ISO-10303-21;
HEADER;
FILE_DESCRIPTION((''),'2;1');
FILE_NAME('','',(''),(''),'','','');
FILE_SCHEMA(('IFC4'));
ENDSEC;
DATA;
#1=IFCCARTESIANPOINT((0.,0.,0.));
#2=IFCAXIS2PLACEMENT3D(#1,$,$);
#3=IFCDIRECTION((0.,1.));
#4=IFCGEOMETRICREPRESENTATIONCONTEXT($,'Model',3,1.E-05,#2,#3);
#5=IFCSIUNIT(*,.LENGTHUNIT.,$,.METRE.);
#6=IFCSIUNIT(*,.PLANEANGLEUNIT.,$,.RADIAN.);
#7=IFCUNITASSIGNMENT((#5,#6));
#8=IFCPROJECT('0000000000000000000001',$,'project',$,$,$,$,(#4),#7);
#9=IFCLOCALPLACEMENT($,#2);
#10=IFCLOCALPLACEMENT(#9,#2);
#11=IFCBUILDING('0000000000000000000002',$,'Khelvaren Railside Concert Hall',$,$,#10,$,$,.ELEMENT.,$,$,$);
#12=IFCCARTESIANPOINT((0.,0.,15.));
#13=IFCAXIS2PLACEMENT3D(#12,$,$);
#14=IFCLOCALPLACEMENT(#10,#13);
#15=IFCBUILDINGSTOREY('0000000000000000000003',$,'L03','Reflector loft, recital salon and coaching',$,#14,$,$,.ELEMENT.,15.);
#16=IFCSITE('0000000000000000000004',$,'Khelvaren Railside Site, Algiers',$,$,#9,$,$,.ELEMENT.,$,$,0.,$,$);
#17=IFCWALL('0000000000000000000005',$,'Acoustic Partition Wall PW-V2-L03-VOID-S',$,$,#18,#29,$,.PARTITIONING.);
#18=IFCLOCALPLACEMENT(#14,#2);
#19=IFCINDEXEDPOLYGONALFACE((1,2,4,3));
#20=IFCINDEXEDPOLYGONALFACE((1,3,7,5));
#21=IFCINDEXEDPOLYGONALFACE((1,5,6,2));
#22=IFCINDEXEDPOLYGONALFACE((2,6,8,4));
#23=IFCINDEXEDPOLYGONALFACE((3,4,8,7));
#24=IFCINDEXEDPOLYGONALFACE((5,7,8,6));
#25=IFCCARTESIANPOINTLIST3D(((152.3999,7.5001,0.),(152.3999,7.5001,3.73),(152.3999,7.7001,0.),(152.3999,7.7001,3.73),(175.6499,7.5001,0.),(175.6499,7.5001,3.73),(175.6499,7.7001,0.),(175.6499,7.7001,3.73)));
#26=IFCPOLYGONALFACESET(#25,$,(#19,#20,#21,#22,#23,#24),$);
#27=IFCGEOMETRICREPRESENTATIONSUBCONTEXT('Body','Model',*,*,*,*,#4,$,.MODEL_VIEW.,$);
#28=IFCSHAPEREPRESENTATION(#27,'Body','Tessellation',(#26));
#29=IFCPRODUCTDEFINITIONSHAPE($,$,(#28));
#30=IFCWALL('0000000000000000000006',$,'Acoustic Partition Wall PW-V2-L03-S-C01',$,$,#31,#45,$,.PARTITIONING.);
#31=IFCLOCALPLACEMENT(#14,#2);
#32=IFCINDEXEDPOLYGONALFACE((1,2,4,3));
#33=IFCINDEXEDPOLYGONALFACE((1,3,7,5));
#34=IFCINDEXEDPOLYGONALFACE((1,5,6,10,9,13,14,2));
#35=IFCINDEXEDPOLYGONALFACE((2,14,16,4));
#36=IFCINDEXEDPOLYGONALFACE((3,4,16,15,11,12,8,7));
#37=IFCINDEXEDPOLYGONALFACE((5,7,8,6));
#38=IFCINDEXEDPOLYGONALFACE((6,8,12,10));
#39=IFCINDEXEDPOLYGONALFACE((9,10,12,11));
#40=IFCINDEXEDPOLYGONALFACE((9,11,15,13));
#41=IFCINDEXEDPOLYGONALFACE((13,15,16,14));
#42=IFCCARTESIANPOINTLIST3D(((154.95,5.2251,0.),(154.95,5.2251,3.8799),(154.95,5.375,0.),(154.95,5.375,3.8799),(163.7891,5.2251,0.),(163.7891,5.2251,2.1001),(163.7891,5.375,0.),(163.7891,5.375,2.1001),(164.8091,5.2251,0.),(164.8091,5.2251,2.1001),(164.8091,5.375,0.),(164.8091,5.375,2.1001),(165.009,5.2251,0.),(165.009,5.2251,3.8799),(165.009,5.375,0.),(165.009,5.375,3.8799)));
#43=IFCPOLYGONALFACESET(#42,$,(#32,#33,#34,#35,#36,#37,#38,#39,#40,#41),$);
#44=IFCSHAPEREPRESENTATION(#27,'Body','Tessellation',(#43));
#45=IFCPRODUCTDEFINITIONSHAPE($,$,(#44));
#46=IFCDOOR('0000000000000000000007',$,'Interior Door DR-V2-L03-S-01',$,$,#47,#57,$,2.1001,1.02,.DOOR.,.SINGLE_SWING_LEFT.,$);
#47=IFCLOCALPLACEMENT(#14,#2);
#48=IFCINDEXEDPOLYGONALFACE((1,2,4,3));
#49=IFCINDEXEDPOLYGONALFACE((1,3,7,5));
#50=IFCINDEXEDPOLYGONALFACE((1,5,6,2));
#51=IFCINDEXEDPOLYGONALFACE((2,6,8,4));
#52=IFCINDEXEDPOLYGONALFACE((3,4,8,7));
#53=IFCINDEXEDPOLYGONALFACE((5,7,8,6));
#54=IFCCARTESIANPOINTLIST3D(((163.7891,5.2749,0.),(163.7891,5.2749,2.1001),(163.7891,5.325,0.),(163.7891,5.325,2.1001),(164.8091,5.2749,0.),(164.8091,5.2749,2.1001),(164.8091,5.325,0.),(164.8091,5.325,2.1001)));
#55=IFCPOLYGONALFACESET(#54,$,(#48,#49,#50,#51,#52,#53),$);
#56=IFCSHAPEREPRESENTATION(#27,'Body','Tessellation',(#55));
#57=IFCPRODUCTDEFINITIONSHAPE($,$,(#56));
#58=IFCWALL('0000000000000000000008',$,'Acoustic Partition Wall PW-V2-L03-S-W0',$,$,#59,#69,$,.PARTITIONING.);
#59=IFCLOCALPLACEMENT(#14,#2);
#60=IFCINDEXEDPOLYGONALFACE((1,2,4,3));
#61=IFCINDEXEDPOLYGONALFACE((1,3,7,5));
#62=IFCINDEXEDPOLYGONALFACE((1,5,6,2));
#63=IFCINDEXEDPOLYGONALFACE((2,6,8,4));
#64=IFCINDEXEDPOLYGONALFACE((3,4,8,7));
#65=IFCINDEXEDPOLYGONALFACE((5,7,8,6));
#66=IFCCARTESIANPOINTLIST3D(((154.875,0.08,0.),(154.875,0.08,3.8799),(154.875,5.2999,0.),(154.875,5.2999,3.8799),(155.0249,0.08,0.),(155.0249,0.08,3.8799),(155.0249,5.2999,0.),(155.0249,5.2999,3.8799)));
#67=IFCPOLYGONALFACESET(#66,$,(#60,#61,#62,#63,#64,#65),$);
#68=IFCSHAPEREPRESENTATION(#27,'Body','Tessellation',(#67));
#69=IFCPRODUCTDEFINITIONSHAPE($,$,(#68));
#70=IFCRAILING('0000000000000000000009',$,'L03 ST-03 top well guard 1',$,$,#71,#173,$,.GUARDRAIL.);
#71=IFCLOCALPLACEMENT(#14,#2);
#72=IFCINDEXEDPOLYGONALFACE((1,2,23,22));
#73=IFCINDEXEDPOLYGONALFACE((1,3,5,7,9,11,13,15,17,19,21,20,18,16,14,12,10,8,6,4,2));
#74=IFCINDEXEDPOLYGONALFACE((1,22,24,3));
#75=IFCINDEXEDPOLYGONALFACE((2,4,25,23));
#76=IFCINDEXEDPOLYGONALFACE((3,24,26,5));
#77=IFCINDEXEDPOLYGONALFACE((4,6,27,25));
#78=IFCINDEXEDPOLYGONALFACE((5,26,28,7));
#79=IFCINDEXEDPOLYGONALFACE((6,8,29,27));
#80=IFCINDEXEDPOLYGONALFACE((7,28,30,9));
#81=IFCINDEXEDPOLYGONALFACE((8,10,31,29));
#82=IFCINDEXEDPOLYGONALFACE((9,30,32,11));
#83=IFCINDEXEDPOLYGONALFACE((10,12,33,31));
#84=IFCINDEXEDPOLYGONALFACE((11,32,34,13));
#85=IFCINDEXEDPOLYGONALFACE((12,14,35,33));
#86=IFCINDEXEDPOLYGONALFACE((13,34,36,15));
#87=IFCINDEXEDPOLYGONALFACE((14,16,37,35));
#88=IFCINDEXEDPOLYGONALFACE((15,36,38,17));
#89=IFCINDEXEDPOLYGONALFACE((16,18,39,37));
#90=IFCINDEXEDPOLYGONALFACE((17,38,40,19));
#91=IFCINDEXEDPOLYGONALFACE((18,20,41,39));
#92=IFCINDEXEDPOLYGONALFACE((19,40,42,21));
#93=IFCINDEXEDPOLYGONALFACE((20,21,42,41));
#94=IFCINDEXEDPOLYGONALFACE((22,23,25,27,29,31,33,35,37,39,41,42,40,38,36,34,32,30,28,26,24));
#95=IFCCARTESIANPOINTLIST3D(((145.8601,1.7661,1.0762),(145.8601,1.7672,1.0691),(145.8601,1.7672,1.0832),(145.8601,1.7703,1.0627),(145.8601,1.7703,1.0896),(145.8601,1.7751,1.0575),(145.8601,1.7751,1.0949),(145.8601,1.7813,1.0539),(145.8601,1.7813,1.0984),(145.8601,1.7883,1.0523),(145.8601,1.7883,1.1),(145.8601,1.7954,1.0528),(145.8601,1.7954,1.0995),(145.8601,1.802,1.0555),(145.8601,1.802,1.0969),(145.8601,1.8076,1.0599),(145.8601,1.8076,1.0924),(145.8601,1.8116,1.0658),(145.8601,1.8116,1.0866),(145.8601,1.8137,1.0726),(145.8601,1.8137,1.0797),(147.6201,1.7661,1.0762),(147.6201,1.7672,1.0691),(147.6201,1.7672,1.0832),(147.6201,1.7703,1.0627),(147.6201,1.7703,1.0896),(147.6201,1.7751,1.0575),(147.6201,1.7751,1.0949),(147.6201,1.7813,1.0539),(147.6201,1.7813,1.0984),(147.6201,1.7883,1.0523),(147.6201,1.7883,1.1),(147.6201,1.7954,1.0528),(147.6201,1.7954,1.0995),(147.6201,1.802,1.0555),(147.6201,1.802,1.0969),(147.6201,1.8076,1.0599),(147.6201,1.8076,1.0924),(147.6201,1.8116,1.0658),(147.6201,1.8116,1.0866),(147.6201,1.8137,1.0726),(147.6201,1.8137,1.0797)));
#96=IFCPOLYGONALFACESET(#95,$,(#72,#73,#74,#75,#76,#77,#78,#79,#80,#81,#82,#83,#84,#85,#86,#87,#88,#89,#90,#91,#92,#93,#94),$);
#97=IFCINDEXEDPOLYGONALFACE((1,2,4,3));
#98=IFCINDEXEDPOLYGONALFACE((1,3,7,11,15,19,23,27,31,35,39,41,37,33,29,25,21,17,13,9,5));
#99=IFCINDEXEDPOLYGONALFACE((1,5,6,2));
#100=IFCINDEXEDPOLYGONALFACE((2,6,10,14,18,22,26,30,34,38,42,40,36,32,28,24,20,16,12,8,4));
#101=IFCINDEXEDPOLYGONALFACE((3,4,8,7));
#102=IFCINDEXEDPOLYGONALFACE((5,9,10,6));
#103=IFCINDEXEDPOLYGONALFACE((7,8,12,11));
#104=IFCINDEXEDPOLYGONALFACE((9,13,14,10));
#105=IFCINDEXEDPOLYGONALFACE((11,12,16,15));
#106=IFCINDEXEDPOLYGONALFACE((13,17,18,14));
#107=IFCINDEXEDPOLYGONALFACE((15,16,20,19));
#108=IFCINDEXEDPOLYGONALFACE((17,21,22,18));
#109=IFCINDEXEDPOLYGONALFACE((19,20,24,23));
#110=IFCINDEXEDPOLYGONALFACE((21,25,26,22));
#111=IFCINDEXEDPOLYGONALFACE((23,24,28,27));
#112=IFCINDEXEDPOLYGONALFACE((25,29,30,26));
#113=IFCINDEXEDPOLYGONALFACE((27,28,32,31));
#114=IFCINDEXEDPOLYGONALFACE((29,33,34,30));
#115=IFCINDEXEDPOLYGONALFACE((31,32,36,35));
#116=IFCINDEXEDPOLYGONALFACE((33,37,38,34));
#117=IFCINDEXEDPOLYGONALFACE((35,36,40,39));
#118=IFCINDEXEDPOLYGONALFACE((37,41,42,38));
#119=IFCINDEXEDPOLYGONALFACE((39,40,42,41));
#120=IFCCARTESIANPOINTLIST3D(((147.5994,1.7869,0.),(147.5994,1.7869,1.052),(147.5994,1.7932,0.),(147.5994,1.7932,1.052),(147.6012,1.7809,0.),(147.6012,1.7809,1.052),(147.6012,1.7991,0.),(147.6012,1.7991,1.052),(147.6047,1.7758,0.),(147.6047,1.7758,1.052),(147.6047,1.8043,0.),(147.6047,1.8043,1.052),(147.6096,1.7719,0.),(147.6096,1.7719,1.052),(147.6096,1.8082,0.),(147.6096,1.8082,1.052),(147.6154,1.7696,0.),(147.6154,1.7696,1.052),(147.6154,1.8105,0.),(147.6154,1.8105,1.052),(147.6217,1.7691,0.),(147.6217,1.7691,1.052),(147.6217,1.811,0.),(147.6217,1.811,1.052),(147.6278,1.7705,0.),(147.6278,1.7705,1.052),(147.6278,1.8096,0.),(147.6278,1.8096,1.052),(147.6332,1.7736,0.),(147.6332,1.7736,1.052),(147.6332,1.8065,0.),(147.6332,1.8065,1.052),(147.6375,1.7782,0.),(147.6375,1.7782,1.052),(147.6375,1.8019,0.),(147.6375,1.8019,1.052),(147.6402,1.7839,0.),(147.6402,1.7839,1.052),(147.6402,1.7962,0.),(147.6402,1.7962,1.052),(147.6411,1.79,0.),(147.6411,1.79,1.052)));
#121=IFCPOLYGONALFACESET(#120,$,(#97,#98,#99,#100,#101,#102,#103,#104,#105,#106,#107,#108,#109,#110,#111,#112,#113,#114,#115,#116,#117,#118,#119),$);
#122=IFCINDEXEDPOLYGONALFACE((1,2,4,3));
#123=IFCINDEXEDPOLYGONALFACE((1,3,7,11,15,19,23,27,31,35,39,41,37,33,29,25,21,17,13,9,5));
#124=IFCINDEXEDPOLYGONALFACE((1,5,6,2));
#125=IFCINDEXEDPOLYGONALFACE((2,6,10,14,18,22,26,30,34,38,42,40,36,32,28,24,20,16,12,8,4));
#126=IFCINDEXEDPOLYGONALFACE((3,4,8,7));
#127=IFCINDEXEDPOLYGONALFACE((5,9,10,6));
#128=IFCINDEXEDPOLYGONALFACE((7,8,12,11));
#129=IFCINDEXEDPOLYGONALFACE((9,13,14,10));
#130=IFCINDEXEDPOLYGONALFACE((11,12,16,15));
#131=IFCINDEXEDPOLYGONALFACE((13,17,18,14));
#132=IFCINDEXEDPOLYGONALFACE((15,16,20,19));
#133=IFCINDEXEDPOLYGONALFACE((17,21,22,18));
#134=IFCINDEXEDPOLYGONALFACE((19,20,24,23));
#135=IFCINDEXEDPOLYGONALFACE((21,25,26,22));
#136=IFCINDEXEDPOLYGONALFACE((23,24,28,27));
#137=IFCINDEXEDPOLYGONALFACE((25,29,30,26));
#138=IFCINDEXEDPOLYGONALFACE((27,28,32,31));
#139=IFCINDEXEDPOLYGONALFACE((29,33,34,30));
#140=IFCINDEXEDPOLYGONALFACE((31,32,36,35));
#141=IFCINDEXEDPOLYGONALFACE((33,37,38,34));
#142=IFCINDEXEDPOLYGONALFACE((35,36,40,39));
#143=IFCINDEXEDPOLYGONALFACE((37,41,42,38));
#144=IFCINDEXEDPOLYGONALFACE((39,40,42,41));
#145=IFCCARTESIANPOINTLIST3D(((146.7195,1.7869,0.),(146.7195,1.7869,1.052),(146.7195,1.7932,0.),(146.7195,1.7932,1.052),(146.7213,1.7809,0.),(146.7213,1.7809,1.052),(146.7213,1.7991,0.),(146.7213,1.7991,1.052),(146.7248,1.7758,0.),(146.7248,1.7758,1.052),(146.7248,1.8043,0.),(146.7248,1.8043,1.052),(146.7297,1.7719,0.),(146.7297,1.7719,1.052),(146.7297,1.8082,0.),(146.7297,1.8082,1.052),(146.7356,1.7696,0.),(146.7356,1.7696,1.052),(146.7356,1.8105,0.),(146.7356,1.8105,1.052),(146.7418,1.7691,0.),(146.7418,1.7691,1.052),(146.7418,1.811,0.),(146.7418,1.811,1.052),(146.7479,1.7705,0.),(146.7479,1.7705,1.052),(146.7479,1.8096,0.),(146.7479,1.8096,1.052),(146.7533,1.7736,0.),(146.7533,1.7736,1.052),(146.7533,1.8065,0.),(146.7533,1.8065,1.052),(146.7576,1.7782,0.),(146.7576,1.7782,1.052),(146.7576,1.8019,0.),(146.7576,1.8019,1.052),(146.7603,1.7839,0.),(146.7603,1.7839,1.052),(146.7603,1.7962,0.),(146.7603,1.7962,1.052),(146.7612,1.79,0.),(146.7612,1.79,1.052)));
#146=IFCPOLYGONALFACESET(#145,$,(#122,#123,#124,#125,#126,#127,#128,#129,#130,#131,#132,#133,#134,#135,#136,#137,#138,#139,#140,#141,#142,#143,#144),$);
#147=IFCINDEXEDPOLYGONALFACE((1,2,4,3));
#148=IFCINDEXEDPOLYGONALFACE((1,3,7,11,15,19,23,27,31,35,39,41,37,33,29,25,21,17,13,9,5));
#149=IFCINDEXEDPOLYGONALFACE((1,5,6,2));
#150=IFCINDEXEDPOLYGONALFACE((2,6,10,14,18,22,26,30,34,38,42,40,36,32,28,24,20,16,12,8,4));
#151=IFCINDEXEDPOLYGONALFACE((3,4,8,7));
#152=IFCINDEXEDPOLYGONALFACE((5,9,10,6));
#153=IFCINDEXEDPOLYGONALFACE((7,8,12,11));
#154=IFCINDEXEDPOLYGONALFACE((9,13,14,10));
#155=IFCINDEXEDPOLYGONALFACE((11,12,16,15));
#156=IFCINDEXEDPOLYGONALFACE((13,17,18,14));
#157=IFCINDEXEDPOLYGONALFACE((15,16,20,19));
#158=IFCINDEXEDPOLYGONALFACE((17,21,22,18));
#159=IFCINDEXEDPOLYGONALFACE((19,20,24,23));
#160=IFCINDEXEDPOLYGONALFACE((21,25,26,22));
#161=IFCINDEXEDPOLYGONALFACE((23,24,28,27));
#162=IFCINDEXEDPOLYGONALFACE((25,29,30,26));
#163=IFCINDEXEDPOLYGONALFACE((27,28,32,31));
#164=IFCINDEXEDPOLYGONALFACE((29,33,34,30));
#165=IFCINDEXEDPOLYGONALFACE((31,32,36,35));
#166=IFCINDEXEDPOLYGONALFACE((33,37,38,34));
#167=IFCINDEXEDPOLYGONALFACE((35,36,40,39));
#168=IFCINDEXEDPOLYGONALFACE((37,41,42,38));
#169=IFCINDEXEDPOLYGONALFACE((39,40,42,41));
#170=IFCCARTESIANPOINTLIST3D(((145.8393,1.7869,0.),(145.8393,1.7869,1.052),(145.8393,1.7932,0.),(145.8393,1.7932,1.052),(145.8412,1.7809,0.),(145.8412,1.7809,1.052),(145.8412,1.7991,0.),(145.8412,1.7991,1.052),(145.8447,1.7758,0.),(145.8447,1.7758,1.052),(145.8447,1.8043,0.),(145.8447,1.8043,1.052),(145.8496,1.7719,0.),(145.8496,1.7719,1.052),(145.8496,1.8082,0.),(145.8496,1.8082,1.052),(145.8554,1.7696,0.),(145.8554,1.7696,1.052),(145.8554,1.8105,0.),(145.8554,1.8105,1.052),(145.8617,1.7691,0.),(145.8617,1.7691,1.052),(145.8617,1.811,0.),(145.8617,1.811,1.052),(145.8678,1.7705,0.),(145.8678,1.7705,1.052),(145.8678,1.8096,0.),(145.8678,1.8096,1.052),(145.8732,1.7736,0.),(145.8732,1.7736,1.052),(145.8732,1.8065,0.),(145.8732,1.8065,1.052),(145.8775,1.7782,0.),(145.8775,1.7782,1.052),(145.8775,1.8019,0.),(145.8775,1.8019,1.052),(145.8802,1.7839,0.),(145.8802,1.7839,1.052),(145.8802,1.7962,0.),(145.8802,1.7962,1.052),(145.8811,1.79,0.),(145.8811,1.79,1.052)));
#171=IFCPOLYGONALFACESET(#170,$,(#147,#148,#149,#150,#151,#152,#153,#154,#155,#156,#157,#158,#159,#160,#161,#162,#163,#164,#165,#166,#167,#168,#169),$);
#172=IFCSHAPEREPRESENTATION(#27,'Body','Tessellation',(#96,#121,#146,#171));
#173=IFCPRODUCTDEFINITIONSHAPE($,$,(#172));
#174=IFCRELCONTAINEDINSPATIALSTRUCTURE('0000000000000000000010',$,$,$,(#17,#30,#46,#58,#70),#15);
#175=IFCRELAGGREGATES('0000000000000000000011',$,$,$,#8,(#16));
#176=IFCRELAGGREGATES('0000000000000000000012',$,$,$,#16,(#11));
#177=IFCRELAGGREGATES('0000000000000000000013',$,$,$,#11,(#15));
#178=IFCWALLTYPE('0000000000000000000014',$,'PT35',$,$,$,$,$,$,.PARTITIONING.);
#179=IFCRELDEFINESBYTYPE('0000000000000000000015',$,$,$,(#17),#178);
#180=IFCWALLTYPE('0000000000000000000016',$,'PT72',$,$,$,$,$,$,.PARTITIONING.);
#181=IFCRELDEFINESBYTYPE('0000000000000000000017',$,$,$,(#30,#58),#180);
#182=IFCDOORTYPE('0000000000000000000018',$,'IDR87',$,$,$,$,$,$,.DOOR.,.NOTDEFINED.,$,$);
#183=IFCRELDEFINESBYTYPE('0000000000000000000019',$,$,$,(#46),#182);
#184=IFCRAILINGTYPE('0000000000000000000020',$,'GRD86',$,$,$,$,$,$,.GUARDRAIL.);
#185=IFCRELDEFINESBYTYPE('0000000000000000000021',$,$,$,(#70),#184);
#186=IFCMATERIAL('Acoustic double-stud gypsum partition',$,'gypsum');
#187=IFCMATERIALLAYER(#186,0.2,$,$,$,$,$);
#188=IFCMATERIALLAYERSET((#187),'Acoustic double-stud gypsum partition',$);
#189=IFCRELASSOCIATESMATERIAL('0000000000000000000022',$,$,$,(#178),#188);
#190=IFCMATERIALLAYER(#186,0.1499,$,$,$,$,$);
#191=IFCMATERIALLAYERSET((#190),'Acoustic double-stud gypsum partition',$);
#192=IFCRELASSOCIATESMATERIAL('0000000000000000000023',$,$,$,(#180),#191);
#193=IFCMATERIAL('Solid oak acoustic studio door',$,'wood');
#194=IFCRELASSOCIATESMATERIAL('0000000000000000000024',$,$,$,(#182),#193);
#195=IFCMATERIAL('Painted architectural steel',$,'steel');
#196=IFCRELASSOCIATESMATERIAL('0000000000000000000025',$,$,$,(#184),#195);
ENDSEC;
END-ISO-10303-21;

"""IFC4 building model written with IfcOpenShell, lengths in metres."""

from ifc_helpers import new_model, si_unit, direction, frame, frame_2d, origin, origin_2d, place, context, subcontext, project, spatial, rectangle, circle, extrude, material, layer, layer_set, type_object, element, fill, save


model = new_model("IFC4")

# Units and contexts
model_context = context("Model", 3, precision=1e-05, world=origin(), true_north=direction((0.0, 1.0)))
body_context = subcontext(model_context, "Body", "Model", "MODEL_VIEW")
ifc_project = project(units=[si_unit("LENGTHUNIT", "METRE"), si_unit("PLANEANGLEUNIT", "RADIAN")], contexts=[model_context])

# Site, building, storey
site_placement = place(None, origin())
site = spatial("IfcSite", under=ifc_project, at=site_placement, Name="Khelvaren Railside Site, Algiers", CompositionType="ELEMENT", RefElevation=0.0)
building_placement = place(site_placement, origin())
building = spatial("IfcBuilding", under=site, at=building_placement, Name="Khelvaren Railside Concert Hall", CompositionType="ELEMENT")
storey_placement = place(building_placement, frame((0.0, 0.0, 15.0)))
storey = spatial("IfcBuildingStorey", under=building, at=storey_placement, Name="L03", Description="Reflector loft, recital salon and coaching", CompositionType="ELEMENT", Elevation=15.0)

# Wall
ifc_material_1 = material(Name="Acoustic double-stud gypsum partition", Category="gypsum")
ifc_layer_1 = layer(ifc_material_1, 0.2)
ifc_layer_set_1 = layer_set([ifc_layer_1], Name="Acoustic double-stud gypsum partition")
wall_type_1 = type_object("IfcWallType", Name="PT35", PredefinedType="PARTITIONING", material=ifc_layer_set_1)
wall_1_placement = place(storey_placement, frame((152.3999, 7.6001, 0.0), z_axis=(0.0, 0.0, 1.0), x_axis=(1.0, 0.0, 0.0)))
element("IfcWall", 1, at=wall_1_placement, inside=storey, type_object=wall_type_1, Name="Acoustic Partition Wall PW-V2-L03-VOID-S", PredefinedType="PARTITIONING", context=body_context, shape_type="SweptSolid", body=[
    extrude(rectangle(XDim=23.25, YDim=0.2, at=frame_2d((11.625, 0.0))), origin(), (0.0, 0.0, 1.0), 3.73),
])

# Wall, opening, door
ifc_layer_2 = layer(ifc_material_1, 0.1499)
ifc_layer_set_2 = layer_set([ifc_layer_2], Name="Acoustic double-stud gypsum partition")
wall_type_2 = type_object("IfcWallType", Name="PT72", PredefinedType="PARTITIONING", material=ifc_layer_set_2)
wall_2_placement = place(storey_placement, frame((154.95, 5.3, 0.0), z_axis=(0.0, 0.0, 1.0), x_axis=(1.0, 0.0, 0.0)))
wall_2 = element("IfcWall", 2, at=wall_2_placement, inside=storey, type_object=wall_type_2, Name="Acoustic Partition Wall PW-V2-L03-S-C01", PredefinedType="PARTITIONING", context=body_context, shape_type="SweptSolid", body=[
    extrude(rectangle(XDim=10.0591, YDim=0.1499, at=frame_2d((5.0295, 0.0))), origin(), (0.0, 0.0, 1.0), 3.8799),
])
opening_1_placement = place(wall_2_placement, frame((8.8391, 0.0, 0.0)))
opening_1 = element("IfcOpeningElement", 3, at=opening_1_placement, cuts=wall_2, PredefinedType="OPENING", context=body_context, shape_type="SweptSolid", body=[
    extrude(rectangle(XDim=1.02, YDim=2.1001, at=frame_2d((0.51, 1.05))), frame((0.0, 0.085, 0.0), z_axis=(0.0, -1.0, 0.0), x_axis=(1.0, 0.0, 0.0)), (0.0, 0.0, 1.0), 0.1699),
])
ifc_material_2 = material(Name="Solid oak acoustic studio door", Category="wood")
door_type_1 = type_object("IfcDoorType", Name="IDR87", OperationType="NOTDEFINED", PredefinedType="DOOR", material=ifc_material_2)
door_1_placement = place(opening_1_placement, origin())
door_1 = element("IfcDoor", 4, at=door_1_placement, inside=storey, type_object=door_type_1, Name="Interior Door DR-V2-L03-S-01", OperationType="SINGLE_SWING_LEFT", OverallHeight=2.1001, OverallWidth=1.02, PredefinedType="DOOR", context=body_context, shape_type="SweptSolid", body=[
    extrude(rectangle(XDim=1.02, YDim=2.1001, at=frame_2d((0.51, 1.05))), frame((0.0, 0.0249, 0.0), z_axis=(0.0, -1.0, 0.0), x_axis=(1.0, 0.0, 0.0)), (0.0, 0.0, 1.0), 0.05),
])
fill(opening_1, door_1)

# Wall
wall_3_placement = place(storey_placement, frame((154.95, 0.0801, 0.0), z_axis=(0.0, 0.0, 1.0), x_axis=(0.0, 1.0, 0.0)))
element("IfcWall", 5, at=wall_3_placement, inside=storey, type_object=wall_type_2, Name="Acoustic Partition Wall PW-V2-L03-S-W0", PredefinedType="PARTITIONING", context=body_context, shape_type="SweptSolid", body=[
    extrude(rectangle(XDim=5.22, YDim=0.1499, at=frame_2d((2.6099, 0.0))), origin(), (0.0, 0.0, 1.0), 3.8799),
])

# Railing
ifc_material_3 = material(Name="Painted architectural steel", Category="steel")
railing_type_1 = type_object("IfcRailingType", Name="GRD86", PredefinedType="GUARDRAIL", material=ifc_material_3)
railing_1_placement = place(storey_placement, frame((147.6201, 1.79, 0.0)))
element("IfcRailing", 6, at=railing_1_placement, inside=storey, type_object=railing_type_1, Name="L03 ST-03 top well guard 1", PredefinedType="GUARDRAIL", context=body_context, shape_type="SweptSolid", body=[
    extrude(circle(Radius=0.0239, at=origin_2d()), frame((0.0, 0.0, 1.0762), z_axis=(-1.0, 0.0, 0.0), x_axis=(0.0, -1.0, 0.0)), (0.0, 0.0, 1.0), 1.76),
    extrude(circle(Radius=0.021, at=origin_2d()), origin(), (0.0, 0.0, 1.0), 1.052),
    extrude(circle(Radius=0.021, at=origin_2d()), frame((-0.8799, 0.0, 0.0)), (0.0, 0.0, 1.0), 1.052),
    extrude(circle(Radius=0.021, at=origin_2d()), frame((-1.76, 0.0, 0.0)), (0.0, 0.0, 1.0), 1.052),
])

save(model, "model.ifc")
